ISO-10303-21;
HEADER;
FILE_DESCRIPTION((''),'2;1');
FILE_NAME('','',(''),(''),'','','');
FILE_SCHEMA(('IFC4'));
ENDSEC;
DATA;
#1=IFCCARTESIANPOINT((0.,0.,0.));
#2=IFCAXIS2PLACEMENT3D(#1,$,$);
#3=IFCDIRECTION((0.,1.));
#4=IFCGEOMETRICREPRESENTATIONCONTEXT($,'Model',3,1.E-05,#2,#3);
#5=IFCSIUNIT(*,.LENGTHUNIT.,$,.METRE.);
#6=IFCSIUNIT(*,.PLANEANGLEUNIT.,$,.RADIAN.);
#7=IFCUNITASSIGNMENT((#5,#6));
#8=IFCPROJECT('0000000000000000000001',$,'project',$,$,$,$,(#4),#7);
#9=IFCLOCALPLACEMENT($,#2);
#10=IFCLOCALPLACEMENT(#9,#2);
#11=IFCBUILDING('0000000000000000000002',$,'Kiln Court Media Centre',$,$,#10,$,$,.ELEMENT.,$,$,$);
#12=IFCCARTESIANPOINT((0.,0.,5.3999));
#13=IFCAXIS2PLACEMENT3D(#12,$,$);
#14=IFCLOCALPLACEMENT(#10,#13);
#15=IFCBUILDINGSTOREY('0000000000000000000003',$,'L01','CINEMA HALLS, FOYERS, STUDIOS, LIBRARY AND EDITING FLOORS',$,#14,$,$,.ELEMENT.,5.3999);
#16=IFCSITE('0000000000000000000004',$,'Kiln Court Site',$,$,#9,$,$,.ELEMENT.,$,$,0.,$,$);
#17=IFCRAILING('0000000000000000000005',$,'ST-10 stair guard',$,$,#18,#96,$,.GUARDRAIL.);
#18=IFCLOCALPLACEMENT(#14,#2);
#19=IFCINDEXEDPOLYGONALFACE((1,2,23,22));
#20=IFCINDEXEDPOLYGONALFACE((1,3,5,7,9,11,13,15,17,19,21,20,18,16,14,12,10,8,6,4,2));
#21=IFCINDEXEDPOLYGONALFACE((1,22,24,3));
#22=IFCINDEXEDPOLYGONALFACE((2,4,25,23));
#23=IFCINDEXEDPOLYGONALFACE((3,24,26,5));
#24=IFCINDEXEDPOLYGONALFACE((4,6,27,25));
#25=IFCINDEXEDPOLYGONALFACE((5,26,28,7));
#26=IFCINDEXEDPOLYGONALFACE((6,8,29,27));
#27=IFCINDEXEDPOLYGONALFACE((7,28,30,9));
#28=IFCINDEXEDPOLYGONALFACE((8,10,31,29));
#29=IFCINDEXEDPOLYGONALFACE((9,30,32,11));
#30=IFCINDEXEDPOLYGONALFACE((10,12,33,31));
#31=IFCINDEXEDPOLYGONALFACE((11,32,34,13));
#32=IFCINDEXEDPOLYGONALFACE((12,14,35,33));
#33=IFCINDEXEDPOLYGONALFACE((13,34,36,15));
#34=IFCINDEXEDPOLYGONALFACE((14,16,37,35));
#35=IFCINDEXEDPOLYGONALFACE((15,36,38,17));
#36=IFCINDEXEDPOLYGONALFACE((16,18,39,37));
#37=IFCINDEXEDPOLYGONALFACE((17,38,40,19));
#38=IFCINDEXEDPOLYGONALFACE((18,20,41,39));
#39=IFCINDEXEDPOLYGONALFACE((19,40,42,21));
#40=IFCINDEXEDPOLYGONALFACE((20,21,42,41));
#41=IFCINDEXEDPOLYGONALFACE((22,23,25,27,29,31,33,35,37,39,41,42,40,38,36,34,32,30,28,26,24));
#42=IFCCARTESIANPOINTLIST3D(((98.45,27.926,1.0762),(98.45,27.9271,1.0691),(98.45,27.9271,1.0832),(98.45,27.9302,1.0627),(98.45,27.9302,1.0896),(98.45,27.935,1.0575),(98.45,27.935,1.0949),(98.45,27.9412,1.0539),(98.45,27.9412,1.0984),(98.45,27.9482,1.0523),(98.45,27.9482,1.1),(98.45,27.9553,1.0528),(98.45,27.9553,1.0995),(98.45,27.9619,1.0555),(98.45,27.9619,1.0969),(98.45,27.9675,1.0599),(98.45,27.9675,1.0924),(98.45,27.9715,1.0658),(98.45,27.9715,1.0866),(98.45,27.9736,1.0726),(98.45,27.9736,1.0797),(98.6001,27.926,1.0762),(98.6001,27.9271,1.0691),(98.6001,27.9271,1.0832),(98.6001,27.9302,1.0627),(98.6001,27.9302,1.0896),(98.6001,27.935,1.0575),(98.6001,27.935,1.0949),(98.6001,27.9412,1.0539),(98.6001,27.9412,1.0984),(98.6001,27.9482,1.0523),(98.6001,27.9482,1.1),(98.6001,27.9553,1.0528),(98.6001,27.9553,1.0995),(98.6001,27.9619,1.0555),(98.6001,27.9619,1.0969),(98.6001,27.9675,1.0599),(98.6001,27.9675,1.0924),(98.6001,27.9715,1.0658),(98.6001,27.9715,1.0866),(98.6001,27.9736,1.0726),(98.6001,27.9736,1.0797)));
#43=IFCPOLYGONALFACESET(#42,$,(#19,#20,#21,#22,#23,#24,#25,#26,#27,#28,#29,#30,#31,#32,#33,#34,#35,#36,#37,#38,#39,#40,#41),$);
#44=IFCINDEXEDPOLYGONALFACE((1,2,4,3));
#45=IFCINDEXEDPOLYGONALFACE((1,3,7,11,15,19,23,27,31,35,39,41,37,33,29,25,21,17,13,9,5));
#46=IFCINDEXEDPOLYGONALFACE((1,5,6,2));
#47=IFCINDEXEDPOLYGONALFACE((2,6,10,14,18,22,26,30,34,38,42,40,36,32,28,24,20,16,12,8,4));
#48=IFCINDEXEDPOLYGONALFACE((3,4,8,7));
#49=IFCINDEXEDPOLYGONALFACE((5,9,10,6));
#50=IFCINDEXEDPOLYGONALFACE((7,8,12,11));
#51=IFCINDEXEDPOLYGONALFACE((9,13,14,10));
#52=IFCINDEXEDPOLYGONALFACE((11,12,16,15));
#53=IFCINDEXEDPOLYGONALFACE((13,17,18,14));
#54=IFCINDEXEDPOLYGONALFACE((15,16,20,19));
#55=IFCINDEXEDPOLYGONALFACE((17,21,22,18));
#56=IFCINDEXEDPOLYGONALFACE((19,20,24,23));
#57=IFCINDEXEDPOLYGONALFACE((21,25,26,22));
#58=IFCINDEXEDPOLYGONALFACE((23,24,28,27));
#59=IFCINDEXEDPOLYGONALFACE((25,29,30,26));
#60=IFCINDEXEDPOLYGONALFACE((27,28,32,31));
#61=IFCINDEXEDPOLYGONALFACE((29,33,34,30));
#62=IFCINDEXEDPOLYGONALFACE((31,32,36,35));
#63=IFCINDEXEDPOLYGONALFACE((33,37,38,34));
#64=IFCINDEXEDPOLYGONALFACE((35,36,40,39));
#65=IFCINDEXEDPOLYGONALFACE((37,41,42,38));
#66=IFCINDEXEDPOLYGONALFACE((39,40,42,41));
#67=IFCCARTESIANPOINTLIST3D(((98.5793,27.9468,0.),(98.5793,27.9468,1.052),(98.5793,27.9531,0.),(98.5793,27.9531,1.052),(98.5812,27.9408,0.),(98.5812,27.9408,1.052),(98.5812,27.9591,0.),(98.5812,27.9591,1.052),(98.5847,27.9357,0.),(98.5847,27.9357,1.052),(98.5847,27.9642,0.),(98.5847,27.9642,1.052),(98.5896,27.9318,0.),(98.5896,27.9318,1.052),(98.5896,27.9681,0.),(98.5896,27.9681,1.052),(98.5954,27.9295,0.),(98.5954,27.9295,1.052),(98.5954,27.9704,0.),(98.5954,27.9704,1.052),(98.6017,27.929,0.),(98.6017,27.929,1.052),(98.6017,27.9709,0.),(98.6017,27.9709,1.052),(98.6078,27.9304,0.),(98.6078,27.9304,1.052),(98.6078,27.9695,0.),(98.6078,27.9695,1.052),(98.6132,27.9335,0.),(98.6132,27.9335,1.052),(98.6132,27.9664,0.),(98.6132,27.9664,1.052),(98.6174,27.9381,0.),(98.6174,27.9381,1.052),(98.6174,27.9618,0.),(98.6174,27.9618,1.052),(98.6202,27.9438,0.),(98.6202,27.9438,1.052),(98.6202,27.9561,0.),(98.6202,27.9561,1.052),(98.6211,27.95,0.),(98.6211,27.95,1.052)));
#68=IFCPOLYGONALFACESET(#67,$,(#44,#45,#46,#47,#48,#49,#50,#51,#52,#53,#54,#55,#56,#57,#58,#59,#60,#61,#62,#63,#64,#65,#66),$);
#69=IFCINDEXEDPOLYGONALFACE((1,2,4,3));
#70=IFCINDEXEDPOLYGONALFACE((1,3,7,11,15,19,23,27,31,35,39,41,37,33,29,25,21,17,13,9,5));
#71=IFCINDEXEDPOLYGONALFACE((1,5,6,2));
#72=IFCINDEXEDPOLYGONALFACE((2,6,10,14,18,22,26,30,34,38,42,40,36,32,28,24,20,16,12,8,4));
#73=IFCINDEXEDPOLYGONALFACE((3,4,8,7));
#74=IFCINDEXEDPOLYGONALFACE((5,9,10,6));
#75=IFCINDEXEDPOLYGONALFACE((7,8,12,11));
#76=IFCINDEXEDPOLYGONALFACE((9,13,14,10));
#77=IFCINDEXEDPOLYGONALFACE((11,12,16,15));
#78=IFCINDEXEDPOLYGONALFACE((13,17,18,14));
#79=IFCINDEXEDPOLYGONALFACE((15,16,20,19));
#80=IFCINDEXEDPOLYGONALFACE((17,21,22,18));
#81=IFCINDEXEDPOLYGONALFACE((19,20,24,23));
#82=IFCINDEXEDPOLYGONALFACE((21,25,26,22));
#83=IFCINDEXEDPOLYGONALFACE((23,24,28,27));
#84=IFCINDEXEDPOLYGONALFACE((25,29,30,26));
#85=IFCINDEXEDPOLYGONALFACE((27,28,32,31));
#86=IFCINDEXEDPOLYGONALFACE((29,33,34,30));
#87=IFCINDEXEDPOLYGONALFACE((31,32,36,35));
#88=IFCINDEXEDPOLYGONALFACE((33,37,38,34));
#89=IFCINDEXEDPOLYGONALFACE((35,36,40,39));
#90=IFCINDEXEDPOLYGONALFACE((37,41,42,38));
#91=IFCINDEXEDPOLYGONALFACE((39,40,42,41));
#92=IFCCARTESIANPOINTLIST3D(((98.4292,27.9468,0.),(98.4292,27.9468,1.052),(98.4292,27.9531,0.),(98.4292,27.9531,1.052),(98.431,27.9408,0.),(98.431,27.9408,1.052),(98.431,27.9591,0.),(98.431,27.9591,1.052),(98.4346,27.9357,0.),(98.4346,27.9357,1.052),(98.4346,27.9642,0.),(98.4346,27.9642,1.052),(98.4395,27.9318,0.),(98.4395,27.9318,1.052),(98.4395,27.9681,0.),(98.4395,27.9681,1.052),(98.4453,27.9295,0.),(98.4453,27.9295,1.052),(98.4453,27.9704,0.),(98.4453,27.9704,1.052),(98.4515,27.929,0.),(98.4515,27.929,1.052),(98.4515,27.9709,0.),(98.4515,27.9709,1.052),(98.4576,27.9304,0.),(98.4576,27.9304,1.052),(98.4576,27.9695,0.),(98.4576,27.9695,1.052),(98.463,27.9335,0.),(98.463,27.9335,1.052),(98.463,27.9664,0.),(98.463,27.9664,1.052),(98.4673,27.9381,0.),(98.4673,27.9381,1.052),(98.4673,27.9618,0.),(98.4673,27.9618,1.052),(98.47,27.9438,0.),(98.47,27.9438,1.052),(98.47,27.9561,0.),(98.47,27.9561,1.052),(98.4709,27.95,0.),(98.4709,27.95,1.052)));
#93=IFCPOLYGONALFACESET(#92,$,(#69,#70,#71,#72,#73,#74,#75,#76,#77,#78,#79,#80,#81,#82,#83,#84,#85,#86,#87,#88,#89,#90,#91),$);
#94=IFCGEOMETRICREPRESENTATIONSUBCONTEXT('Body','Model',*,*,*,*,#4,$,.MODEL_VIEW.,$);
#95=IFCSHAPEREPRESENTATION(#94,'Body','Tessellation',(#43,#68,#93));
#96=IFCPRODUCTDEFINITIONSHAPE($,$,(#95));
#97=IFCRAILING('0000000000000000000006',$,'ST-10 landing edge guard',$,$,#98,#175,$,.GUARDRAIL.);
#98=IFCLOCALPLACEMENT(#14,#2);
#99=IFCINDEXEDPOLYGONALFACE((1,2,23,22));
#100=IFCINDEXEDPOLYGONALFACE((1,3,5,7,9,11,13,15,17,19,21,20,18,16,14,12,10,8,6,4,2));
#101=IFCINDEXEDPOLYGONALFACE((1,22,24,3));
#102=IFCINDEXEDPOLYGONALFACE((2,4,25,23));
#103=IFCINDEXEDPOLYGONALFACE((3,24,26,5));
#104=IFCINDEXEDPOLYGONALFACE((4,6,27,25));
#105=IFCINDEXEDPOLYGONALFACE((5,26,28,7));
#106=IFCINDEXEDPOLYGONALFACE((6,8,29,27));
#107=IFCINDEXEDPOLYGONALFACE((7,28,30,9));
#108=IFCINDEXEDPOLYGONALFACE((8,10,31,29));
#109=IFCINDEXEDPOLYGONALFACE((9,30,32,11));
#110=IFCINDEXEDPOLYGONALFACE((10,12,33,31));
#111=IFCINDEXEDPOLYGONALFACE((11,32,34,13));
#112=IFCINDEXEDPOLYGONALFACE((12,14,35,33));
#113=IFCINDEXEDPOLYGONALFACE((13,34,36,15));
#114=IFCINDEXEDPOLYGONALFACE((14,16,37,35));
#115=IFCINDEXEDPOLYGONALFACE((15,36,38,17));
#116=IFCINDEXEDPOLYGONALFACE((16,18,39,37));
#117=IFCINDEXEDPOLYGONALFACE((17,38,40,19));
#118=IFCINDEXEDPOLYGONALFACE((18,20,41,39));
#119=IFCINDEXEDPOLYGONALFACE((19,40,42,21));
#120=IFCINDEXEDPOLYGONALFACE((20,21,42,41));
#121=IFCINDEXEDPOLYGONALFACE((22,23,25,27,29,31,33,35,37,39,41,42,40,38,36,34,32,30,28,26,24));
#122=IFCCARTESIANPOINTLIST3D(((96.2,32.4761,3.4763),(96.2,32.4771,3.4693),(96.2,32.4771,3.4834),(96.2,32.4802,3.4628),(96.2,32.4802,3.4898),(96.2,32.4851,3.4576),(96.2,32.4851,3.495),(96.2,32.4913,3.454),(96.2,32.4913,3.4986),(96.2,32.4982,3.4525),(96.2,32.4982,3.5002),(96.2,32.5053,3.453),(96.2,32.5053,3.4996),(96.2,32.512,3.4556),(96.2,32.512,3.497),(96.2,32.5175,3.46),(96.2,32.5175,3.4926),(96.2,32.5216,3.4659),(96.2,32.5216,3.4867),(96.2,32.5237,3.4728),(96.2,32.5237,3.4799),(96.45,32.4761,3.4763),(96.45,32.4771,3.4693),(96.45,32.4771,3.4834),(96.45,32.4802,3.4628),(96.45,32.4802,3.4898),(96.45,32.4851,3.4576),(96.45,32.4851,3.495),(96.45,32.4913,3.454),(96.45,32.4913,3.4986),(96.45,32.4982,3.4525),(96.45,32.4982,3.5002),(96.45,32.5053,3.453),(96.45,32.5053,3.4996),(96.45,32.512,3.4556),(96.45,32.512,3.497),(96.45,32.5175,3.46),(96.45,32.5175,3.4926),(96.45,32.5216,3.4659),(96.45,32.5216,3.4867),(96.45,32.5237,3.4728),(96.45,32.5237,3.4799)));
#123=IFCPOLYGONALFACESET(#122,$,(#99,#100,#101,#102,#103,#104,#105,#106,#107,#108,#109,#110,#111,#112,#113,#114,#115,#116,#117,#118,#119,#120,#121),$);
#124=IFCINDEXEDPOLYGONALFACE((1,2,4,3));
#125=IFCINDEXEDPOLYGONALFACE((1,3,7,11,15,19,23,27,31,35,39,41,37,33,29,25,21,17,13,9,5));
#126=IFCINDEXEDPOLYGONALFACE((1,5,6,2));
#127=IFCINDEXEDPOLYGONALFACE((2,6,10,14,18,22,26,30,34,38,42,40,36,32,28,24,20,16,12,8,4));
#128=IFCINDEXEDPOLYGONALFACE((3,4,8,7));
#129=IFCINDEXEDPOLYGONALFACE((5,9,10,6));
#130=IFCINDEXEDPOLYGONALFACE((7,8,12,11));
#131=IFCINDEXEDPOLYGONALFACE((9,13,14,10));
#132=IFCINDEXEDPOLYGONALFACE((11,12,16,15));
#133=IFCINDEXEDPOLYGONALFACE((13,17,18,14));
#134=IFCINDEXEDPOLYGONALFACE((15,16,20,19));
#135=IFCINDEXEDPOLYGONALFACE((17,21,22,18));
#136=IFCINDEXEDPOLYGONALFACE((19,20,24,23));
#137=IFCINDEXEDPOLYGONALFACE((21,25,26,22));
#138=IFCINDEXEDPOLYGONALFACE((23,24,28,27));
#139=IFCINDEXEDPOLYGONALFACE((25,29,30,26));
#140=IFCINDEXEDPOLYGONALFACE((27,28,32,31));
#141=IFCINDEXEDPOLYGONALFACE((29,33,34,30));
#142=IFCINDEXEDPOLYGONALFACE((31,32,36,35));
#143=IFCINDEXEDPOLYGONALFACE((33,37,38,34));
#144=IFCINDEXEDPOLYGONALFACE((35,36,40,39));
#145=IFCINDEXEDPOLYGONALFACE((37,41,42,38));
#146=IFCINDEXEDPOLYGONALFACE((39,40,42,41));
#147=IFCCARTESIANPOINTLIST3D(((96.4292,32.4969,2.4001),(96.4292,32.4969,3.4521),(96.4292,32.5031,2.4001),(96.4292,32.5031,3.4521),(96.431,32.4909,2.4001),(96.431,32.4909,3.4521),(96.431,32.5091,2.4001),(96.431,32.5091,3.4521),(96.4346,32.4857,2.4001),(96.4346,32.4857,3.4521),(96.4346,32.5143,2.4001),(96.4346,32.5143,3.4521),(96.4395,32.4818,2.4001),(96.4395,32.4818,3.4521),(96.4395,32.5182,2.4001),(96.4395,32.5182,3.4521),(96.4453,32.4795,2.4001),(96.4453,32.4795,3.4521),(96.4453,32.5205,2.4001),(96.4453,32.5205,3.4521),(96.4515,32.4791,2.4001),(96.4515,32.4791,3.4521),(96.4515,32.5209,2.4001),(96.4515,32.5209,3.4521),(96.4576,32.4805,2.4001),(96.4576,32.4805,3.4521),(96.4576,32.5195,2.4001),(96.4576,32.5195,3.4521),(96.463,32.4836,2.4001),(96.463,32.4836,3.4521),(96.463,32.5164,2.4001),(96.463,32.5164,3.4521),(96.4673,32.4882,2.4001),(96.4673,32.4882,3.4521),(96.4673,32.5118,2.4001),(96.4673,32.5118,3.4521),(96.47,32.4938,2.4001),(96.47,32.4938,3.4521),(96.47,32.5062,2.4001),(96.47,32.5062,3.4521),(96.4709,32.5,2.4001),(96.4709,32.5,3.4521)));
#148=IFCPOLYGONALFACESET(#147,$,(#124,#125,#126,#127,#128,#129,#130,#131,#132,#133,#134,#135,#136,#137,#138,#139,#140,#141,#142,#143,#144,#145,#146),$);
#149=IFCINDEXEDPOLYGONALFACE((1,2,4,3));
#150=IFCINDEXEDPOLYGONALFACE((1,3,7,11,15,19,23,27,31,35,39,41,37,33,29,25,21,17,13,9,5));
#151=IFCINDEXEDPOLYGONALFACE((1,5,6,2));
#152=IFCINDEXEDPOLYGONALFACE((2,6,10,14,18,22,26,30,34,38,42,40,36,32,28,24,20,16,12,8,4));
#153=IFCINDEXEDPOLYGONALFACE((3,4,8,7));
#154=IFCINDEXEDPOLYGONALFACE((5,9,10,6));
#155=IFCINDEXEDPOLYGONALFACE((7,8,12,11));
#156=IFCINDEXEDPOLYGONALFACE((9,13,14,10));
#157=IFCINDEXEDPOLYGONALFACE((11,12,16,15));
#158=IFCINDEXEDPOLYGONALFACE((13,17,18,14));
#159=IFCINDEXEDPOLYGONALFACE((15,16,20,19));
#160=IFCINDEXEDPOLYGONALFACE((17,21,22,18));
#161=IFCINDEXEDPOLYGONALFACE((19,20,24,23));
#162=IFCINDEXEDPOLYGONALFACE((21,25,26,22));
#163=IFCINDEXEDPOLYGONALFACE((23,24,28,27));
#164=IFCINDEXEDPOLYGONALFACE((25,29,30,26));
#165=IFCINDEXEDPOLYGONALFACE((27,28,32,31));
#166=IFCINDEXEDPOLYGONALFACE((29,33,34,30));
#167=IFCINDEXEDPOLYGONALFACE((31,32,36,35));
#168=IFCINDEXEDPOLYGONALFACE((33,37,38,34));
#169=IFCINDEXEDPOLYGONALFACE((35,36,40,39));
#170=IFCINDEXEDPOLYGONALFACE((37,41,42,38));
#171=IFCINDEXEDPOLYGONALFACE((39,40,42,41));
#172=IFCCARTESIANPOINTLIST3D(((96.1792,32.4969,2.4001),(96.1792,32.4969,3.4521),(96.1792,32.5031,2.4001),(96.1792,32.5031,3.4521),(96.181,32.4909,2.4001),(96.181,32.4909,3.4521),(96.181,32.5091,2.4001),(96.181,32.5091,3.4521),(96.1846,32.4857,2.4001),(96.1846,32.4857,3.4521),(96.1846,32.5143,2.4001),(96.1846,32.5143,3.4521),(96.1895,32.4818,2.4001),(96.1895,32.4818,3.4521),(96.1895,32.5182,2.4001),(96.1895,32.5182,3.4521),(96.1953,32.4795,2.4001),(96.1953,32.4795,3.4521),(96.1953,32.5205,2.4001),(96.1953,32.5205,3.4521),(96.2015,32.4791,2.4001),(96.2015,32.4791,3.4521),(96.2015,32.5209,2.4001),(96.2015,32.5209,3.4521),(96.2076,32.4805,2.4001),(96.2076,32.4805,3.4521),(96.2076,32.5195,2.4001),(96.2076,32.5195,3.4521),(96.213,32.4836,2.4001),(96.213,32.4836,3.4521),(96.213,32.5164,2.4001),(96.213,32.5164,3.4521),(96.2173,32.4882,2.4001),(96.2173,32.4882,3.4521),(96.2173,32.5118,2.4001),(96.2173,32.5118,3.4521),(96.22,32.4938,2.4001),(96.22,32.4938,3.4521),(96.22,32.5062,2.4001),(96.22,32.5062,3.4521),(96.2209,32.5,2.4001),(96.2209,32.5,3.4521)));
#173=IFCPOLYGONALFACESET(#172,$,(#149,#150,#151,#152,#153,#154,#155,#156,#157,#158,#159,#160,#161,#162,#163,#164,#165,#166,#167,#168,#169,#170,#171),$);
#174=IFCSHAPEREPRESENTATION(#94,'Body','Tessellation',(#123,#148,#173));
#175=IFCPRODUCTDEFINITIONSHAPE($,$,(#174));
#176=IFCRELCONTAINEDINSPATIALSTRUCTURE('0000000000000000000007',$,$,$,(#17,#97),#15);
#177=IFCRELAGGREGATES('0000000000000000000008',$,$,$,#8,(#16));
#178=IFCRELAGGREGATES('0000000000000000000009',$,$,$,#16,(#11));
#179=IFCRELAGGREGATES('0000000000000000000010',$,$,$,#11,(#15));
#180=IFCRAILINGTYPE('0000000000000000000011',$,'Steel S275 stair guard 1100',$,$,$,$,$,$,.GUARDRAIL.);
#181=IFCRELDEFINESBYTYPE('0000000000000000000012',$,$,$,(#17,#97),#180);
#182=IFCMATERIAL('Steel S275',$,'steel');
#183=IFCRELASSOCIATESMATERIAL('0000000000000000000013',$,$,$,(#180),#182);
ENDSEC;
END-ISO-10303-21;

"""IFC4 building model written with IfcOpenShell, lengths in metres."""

from ifc_helpers import new_model, si_unit, direction, frame, origin, origin_2d, place, context, subcontext, project, spatial, circle, extrude, material, type_object, element, save


model = new_model("IFC4")

# Units and contexts
model_context = context("Model", 3, precision=1e-05, world=origin(), true_north=direction((0.0, 1.0)))
body_context = subcontext(model_context, "Body", "Model", "MODEL_VIEW")
ifc_project = project(units=[si_unit("LENGTHUNIT", "METRE"), si_unit("PLANEANGLEUNIT", "RADIAN")], contexts=[model_context])

# Site, building, storey
site_placement = place(None, origin())
site = spatial("IfcSite", under=ifc_project, at=site_placement, Name="Kiln Court Site", CompositionType="ELEMENT", RefElevation=0.0)
building_placement = place(site_placement, origin())
building = spatial("IfcBuilding", under=site, at=building_placement, Name="Kiln Court Media Centre", CompositionType="ELEMENT")
storey_placement = place(building_placement, frame((0.0, 0.0, 5.3999)))
storey = spatial("IfcBuildingStorey", under=building, at=storey_placement, Name="L01", Description="CINEMA HALLS, FOYERS, STUDIOS, LIBRARY AND EDITING FLOORS", CompositionType="ELEMENT", Elevation=5.3999)

# Railings
ifc_material_1 = material(Name="Steel S275", Category="steel")
railing_type_1 = type_object("IfcRailingType", Name="Steel S275 stair guard 1100", PredefinedType="GUARDRAIL", material=ifc_material_1)
railing_1_placement = place(storey_placement, frame((98.6001, 27.95, 0.0)))
element("IfcRailing", 1, at=railing_1_placement, inside=storey, type_object=railing_type_1, Name="ST-10 stair guard", PredefinedType="GUARDRAIL", context=body_context, shape_type="SweptSolid", body=[
    extrude(circle(Radius=0.0239, at=origin_2d()), frame((0.0, 0.0, 1.0762), z_axis=(-1.0, 0.0, 0.0), x_axis=(0.0, -1.0, 0.0)), (0.0, 0.0, 1.0), 0.1501),
    extrude(circle(Radius=0.021, at=origin_2d()), origin(), (0.0, 0.0, 1.0), 1.052),
    extrude(circle(Radius=0.021, at=origin_2d()), frame((-0.1501, 0.0, 0.0)), (0.0, 0.0, 1.0), 1.052),
])
for number, where, name in (
    (2, (96.45, 32.5, 2.4001), "ST-10 landing edge guard"),
):
    element("IfcRailing", number, at=place(storey_placement, frame(where)), inside=storey, type_object=railing_type_1, Name=name, PredefinedType="GUARDRAIL", context=body_context, shape_type="SweptSolid", body=[
        extrude(circle(Radius=0.0239, at=origin_2d()), frame((0.0, 0.0, 1.0762), z_axis=(-1.0, 0.0, 0.0), x_axis=(0.0, -1.0, 0.0)), (0.0, 0.0, 1.0), 0.25),
        extrude(circle(Radius=0.021, at=origin_2d()), origin(), (0.0, 0.0, 1.0), 1.052),
        extrude(circle(Radius=0.021, at=origin_2d()), frame((-0.25, 0.0, 0.0)), (0.0, 0.0, 1.0), 1.052),
    ])

save(model, "model.ifc")
